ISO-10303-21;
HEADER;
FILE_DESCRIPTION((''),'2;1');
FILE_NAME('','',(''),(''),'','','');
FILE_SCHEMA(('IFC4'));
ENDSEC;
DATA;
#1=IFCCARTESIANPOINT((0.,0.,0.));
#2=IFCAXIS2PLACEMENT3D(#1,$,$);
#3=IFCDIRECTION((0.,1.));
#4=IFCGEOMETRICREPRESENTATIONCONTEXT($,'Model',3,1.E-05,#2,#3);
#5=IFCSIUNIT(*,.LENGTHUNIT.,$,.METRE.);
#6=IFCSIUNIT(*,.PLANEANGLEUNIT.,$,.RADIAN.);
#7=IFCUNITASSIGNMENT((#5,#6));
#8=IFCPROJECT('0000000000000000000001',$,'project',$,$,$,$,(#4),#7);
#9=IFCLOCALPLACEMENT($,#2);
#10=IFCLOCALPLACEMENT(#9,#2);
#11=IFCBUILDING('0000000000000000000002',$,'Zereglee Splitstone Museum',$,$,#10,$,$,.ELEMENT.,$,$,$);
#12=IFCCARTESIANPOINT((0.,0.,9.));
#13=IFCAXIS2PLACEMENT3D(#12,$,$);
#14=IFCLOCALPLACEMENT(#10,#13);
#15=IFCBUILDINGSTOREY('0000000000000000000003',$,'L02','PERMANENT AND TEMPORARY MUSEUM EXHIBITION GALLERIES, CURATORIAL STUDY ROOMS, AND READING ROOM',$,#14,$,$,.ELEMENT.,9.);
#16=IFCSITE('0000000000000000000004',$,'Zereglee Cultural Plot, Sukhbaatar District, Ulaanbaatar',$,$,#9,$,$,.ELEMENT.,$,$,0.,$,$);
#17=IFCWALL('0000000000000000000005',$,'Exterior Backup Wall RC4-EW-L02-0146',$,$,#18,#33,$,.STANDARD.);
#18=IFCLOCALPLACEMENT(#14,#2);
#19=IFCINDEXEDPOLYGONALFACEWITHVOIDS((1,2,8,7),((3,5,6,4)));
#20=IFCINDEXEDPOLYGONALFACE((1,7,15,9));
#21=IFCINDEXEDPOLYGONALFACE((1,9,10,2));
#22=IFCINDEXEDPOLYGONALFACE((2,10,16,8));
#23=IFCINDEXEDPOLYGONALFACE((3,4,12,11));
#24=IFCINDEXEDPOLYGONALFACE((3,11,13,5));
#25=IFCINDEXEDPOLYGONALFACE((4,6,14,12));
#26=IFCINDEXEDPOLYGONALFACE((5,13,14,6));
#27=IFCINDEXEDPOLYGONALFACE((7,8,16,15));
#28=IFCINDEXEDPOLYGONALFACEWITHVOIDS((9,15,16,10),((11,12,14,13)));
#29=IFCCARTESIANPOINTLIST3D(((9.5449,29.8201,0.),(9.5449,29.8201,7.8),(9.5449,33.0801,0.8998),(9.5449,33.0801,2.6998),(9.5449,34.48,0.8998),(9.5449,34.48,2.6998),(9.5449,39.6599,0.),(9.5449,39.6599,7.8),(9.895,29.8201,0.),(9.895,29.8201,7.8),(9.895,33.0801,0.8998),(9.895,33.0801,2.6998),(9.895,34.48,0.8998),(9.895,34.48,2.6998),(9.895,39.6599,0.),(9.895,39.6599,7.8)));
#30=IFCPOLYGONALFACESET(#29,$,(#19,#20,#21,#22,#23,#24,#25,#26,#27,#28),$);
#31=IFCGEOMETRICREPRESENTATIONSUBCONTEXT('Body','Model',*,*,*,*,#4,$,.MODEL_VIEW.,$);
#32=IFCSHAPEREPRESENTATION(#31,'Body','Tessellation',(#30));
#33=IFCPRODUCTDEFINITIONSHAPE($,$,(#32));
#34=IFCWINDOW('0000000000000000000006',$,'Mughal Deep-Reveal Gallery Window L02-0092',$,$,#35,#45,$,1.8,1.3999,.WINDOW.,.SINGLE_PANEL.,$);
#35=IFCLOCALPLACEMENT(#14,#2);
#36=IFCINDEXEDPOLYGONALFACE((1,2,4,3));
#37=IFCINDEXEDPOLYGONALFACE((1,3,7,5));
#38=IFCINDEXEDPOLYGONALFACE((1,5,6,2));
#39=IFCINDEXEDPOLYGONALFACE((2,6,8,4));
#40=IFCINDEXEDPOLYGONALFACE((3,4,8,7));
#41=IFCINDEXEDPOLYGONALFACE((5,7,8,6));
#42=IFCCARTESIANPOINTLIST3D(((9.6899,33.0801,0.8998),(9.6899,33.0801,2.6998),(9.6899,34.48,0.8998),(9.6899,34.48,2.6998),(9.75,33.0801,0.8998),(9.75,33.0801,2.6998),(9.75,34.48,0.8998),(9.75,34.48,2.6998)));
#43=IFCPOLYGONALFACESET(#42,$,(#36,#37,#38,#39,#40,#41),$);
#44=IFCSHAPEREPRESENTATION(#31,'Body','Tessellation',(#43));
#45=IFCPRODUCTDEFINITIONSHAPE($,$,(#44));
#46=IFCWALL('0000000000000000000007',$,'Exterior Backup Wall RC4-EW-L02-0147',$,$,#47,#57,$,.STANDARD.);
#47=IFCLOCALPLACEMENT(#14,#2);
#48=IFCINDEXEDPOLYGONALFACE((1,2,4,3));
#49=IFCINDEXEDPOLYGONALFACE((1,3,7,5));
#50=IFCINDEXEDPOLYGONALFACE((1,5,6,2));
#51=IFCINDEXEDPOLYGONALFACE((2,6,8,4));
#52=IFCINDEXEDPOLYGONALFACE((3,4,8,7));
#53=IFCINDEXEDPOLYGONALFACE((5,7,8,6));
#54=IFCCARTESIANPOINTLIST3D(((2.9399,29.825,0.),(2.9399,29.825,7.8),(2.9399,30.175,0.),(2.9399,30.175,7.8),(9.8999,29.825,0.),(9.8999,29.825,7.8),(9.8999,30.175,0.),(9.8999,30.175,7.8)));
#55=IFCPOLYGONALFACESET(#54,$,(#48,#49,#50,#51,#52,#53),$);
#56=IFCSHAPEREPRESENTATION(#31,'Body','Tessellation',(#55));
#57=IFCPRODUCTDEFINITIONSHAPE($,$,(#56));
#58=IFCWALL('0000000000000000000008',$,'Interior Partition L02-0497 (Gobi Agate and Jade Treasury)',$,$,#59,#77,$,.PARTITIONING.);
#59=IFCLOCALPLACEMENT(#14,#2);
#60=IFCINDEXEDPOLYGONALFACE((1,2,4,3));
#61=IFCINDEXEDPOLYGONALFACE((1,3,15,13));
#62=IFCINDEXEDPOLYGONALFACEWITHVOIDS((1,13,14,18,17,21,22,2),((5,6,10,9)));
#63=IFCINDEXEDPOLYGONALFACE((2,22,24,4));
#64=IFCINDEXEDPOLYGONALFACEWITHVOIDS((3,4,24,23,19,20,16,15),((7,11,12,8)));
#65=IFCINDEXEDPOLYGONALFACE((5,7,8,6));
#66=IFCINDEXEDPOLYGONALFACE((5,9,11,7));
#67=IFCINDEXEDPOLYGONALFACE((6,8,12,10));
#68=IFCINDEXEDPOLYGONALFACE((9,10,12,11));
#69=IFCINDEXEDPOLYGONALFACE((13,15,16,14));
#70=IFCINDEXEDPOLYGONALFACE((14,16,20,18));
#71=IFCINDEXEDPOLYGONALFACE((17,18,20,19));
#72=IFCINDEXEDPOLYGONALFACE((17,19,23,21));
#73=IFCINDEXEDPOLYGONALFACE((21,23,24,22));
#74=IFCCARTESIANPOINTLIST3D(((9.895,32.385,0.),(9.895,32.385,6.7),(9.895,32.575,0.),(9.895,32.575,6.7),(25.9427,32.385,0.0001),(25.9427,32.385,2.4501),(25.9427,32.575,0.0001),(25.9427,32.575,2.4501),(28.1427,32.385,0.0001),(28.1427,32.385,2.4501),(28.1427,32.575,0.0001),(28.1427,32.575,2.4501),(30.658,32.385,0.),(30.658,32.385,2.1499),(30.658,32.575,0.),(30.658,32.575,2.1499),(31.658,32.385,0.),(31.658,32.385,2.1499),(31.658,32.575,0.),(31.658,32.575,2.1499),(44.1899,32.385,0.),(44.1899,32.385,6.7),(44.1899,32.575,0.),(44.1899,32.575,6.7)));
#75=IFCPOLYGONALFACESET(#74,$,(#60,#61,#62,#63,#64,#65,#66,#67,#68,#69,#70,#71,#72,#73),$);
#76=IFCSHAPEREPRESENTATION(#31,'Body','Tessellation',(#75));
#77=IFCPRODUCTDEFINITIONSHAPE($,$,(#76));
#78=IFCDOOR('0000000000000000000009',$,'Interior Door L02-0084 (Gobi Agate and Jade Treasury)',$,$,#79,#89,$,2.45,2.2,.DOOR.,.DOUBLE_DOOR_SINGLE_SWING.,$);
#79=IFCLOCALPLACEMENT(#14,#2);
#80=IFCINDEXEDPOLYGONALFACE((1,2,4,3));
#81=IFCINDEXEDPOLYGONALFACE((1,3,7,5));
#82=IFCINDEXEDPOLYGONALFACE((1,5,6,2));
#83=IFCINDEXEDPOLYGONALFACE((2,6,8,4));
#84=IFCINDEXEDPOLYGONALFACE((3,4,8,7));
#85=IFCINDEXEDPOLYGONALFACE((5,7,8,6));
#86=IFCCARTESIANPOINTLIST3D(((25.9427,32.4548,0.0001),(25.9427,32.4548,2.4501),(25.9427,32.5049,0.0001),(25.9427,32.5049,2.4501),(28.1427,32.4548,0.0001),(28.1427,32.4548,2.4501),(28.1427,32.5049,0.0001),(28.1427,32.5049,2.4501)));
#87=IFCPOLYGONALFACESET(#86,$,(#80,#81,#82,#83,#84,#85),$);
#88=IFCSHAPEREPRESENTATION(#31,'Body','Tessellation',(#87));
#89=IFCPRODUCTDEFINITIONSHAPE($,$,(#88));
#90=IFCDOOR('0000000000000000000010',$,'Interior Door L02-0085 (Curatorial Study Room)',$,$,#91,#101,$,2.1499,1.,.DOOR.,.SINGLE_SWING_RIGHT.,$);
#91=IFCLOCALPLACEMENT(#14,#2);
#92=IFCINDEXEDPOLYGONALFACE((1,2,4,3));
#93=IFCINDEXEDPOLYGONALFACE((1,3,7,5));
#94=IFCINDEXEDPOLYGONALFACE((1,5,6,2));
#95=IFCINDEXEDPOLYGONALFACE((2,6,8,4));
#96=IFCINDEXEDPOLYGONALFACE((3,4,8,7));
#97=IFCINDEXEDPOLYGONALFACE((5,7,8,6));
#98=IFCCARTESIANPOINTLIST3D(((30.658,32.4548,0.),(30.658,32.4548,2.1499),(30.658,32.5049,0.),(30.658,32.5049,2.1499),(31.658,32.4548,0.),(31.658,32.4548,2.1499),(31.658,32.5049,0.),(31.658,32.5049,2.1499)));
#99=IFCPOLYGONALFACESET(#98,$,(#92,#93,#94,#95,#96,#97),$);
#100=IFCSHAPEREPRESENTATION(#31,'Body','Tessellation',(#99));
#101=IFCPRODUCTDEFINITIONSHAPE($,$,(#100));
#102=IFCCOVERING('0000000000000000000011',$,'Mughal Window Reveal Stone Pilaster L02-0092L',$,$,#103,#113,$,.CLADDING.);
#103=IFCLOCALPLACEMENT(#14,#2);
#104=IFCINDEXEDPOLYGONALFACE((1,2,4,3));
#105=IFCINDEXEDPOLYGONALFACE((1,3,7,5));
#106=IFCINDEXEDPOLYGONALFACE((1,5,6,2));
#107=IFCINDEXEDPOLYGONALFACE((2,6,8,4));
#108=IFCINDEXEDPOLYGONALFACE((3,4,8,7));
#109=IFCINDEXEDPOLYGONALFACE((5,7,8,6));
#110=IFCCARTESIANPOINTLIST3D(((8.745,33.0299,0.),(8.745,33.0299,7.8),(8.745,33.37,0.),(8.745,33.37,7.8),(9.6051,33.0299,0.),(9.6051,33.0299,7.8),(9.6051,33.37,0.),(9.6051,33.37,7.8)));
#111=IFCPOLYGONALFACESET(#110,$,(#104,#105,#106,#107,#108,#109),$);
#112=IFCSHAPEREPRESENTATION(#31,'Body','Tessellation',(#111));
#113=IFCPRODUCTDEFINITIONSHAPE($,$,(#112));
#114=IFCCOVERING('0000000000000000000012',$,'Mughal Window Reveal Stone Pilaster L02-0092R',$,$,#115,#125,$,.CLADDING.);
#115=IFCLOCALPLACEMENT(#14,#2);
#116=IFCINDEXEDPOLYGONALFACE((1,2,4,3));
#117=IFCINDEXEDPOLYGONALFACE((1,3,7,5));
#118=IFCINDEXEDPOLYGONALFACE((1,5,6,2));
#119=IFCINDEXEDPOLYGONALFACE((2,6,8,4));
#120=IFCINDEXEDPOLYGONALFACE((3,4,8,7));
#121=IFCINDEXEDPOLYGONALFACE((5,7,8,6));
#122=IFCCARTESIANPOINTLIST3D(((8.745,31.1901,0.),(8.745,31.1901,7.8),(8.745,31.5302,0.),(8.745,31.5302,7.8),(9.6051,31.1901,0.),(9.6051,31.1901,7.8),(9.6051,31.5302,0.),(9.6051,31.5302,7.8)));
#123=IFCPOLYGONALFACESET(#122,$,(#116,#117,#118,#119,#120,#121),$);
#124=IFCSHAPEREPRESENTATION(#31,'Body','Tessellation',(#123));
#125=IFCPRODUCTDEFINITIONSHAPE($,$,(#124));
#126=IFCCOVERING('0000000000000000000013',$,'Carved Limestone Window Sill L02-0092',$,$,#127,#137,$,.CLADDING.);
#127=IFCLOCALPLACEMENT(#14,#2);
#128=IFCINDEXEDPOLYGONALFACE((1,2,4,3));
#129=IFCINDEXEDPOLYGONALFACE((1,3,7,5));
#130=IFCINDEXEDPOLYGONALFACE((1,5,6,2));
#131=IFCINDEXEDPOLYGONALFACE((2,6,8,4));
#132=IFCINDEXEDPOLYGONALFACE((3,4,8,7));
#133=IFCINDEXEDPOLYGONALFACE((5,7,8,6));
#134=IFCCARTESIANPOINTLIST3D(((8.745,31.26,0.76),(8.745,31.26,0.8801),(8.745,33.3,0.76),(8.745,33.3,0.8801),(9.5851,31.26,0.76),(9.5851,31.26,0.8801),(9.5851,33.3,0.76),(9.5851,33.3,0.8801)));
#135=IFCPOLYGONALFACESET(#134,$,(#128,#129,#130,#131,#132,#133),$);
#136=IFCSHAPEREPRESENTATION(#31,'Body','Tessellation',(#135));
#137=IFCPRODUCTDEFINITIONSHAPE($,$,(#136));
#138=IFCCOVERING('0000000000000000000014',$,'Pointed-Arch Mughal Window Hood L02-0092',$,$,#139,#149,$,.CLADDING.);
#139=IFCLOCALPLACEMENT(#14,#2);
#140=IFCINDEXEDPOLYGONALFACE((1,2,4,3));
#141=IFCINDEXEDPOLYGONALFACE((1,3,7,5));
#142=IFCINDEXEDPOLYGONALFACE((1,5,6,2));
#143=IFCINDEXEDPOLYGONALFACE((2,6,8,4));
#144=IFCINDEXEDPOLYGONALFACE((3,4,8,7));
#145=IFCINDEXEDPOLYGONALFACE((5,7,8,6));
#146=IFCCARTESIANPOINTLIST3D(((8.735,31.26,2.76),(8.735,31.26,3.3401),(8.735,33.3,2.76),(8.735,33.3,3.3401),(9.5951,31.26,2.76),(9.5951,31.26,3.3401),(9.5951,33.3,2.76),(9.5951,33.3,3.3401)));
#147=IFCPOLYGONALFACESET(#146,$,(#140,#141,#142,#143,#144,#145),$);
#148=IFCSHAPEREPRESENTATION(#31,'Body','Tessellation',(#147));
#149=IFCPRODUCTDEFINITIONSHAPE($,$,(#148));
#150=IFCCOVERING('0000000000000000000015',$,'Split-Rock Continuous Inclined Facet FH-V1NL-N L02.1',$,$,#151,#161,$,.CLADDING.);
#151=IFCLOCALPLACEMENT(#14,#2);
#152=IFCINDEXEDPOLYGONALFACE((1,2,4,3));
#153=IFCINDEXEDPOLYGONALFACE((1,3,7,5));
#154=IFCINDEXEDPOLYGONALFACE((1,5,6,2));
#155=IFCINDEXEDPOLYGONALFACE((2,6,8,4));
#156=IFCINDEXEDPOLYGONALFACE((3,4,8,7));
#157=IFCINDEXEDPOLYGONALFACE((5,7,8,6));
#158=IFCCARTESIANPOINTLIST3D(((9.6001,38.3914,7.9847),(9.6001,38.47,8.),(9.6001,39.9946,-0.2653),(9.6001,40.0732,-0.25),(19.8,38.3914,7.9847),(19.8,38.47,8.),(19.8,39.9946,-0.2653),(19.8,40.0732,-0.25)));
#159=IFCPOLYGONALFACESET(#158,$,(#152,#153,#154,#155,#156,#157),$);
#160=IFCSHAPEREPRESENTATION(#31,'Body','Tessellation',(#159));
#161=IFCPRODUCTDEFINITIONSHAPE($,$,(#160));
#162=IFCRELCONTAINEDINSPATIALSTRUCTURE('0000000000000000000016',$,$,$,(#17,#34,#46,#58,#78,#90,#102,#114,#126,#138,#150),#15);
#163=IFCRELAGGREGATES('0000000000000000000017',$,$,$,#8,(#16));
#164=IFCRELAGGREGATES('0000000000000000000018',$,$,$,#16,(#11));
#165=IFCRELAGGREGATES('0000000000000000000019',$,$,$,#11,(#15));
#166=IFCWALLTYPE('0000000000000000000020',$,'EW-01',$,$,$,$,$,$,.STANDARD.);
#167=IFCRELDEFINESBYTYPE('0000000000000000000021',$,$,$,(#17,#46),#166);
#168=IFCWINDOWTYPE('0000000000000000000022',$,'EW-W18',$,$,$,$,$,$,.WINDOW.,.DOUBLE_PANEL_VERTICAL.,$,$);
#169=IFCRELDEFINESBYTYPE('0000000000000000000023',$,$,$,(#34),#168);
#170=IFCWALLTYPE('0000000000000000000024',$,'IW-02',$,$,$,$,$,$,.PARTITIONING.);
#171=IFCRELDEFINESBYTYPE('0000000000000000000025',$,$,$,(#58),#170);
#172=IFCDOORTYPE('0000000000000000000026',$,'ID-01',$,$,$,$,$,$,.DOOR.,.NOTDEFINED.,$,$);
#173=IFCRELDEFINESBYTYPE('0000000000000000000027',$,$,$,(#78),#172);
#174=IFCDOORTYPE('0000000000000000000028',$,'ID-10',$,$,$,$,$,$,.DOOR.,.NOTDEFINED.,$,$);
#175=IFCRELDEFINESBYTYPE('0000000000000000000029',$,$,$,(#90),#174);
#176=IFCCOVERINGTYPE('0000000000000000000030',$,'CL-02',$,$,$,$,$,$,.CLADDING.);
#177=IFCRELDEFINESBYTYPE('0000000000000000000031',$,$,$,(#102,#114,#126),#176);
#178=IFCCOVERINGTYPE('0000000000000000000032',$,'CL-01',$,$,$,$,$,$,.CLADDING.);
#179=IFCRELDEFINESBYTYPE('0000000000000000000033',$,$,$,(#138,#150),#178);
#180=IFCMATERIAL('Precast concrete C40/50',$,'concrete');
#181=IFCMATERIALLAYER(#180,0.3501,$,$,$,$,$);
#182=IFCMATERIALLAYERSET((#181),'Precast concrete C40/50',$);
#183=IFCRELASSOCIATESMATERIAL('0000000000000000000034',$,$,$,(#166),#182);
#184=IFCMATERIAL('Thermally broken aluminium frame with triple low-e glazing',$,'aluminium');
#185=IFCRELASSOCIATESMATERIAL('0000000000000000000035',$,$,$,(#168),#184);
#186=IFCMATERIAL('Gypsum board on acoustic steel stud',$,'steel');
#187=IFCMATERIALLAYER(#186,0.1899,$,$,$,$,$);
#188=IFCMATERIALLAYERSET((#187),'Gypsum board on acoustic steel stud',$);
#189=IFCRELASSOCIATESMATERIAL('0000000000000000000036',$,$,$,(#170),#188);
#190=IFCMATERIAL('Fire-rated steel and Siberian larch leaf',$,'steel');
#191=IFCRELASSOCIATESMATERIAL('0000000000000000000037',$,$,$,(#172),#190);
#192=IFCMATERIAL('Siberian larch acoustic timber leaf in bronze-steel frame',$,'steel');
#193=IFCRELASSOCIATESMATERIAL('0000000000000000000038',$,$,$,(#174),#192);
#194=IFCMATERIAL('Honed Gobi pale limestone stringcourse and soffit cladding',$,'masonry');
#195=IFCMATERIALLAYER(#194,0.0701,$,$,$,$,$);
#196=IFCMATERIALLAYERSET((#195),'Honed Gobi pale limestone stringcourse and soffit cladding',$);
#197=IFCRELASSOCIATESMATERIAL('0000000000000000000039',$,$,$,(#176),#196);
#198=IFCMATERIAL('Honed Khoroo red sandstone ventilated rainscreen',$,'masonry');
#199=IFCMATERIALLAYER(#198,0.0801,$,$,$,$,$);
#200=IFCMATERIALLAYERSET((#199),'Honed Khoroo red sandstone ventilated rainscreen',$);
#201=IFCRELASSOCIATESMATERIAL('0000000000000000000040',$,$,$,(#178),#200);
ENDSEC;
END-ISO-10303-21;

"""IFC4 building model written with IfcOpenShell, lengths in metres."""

from ifc_helpers import new_model, si_unit, direction, frame, frame_2d, origin, origin_2d, place, context, subcontext, project, spatial, polyline, rectangle, outline, extrude, material, layer, layer_set, type_object, element, fill, save


model = new_model("IFC4")

# Units and contexts
model_context = context("Model", 3, precision=1e-05, world=origin(), true_north=direction((0.0, 1.0)))
body_context = subcontext(model_context, "Body", "Model", "MODEL_VIEW")
ifc_project = project(units=[si_unit("LENGTHUNIT", "METRE"), si_unit("PLANEANGLEUNIT", "RADIAN")], contexts=[model_context])

# Site, building, storey
site_placement = place(None, origin())
site = spatial("IfcSite", under=ifc_project, at=site_placement, Name="Zereglee Cultural Plot, Sukhbaatar District, Ulaanbaatar", CompositionType="ELEMENT", RefElevation=0.0)
building_placement = place(site_placement, origin())
building = spatial("IfcBuilding", under=site, at=building_placement, Name="Zereglee Splitstone Museum", CompositionType="ELEMENT")
storey_placement = place(building_placement, frame((0.0, 0.0, 9.0)))
storey = spatial("IfcBuildingStorey", under=building, at=storey_placement, Name="L02", Description="PERMANENT AND TEMPORARY MUSEUM EXHIBITION GALLERIES, CURATORIAL STUDY ROOMS, AND READING ROOM", CompositionType="ELEMENT", Elevation=9.0)

# Shared definitions
ifc_material_1 = material(Name="Precast concrete C40/50", Category="concrete")
ifc_layer_1 = layer(ifc_material_1, 0.3501)
ifc_layer_set_1 = layer_set([ifc_layer_1], Name="Precast concrete C40/50")
wall_type_1 = type_object("IfcWallType", Name="EW-01", PredefinedType="STANDARD", material=ifc_layer_set_1)

# Wall, opening, window
wall_1_placement = place(storey_placement, frame((9.72, 39.6599, 0.0), z_axis=(0.0, 0.0, 1.0), x_axis=(0.0, -1.0, 0.0)))
wall_1 = element("IfcWall", 1, at=wall_1_placement, inside=storey, type_object=wall_type_1, Name="Exterior Backup Wall RC4-EW-L02-0146", PredefinedType="STANDARD", context=body_context, shape_type="SweptSolid", body=[
    extrude(rectangle(XDim=9.8398, YDim=0.3501, at=frame_2d((4.9199, 0.0))), origin(), (0.0, 0.0, 1.0), 7.8),
])
opening_1_placement = place(wall_1_placement, frame((5.1799, 0.0, 0.8999)))
opening_1 = element("IfcOpeningElement", 2, at=opening_1_placement, cuts=wall_1, PredefinedType="OPENING", context=body_context, shape_type="SweptSolid", body=[
    extrude(rectangle(XDim=1.3999, YDim=1.8, at=frame_2d((0.7, 0.8999))), frame((0.0, 0.1899, 0.0), z_axis=(0.0, -1.0, 0.0), x_axis=(1.0, 0.0, 0.0)), (0.0, 0.0, 1.0), 0.3799),
])
ifc_material_2 = material(Name="Thermally broken aluminium frame with triple low-e glazing", Category="aluminium")
window_type = type_object("IfcWindowType", Name="EW-W18", PartitioningType="DOUBLE_PANEL_VERTICAL", PredefinedType="WINDOW", material=ifc_material_2)
window_placement = place(opening_1_placement, origin())
window = element("IfcWindow", 3, at=window_placement, inside=storey, type_object=window_type, Name="Mughal Deep-Reveal Gallery Window L02-0092", OverallHeight=1.8, OverallWidth=1.3999, PartitioningType="SINGLE_PANEL", PredefinedType="WINDOW", context=body_context, shape_type="SweptSolid", body=[
    extrude(rectangle(XDim=1.3999, YDim=1.8, at=frame_2d((0.7, 0.8999))), frame((0.0, 0.03, 0.0), z_axis=(0.0, -1.0, 0.0), x_axis=(1.0, 0.0, 0.0)), (0.0, 0.0, 1.0), 0.0601),
])
fill(opening_1, window)

# Wall
wall_2_placement = place(storey_placement, frame((9.8999, 30.0, 0.0), z_axis=(0.0, 0.0, 1.0), x_axis=(-1.0, 0.0, 0.0)))
element("IfcWall", 4, at=wall_2_placement, inside=storey, type_object=wall_type_1, Name="Exterior Backup Wall RC4-EW-L02-0147", PredefinedType="STANDARD", context=body_context, shape_type="SweptSolid", body=[
    extrude(rectangle(XDim=6.96, YDim=0.3501, at=frame_2d((3.48, 0.0))), origin(), (0.0, 0.0, 1.0), 7.8),
])

# Wall, openings, doors
ifc_material_3 = material(Name="Gypsum board on acoustic steel stud", Category="steel")
ifc_layer_2 = layer(ifc_material_3, 0.1899)
ifc_layer_set_2 = layer_set([ifc_layer_2], Name="Gypsum board on acoustic steel stud")
wall_type_2 = type_object("IfcWallType", Name="IW-02", PredefinedType="PARTITIONING", material=ifc_layer_set_2)
wall_3_placement = place(storey_placement, frame((9.895, 32.48, 0.0), z_axis=(0.0, 0.0, 1.0), x_axis=(1.0, 0.0, 0.0)))
wall_3 = element("IfcWall", 5, at=wall_3_placement, inside=storey, type_object=wall_type_2, Name="Interior Partition L02-0497 (Gobi Agate and Jade Treasury)", PredefinedType="PARTITIONING", context=body_context, shape_type="SweptSolid", body=[
    extrude(rectangle(XDim=34.2949, YDim=0.1899, at=frame_2d((17.1475, 0.0))), origin(), (0.0, 0.0, 1.0), 6.7),
])
opening_2_placement = place(wall_3_placement, frame((16.0476, 0.0, 0.0)))
opening_2 = element("IfcOpeningElement", 6, at=opening_2_placement, cuts=wall_3, PredefinedType="OPENING", context=body_context, shape_type="SweptSolid", body=[
    extrude(rectangle(XDim=2.2, YDim=2.45, at=frame_2d((1.1001, 1.2251))), frame((0.0, 0.1099, 0.0), z_axis=(0.0, -1.0, 0.0), x_axis=(1.0, 0.0, 0.0)), (0.0, 0.0, 1.0), 0.2197),
])
opening_3_placement = place(wall_3_placement, frame((20.7629, 0.0, 0.0)))
opening_3 = element("IfcOpeningElement", 7, at=opening_3_placement, cuts=wall_3, PredefinedType="OPENING", context=body_context, shape_type="SweptSolid", body=[
    extrude(rectangle(XDim=1.0, YDim=2.1499, at=frame_2d((0.5, 1.075))), frame((0.0, 0.1099, 0.0), z_axis=(0.0, -1.0, 0.0), x_axis=(1.0, 0.0, 0.0)), (0.0, 0.0, 1.0), 0.2197),
])
ifc_material_4 = material(Name="Fire-rated steel and Siberian larch leaf", Category="steel")
door_type_1 = type_object("IfcDoorType", Name="ID-01", OperationType="NOTDEFINED", PredefinedType="DOOR", material=ifc_material_4)
door_1_placement = place(opening_2_placement, origin())
door_1 = element("IfcDoor", 8, at=door_1_placement, inside=storey, type_object=door_type_1, Name="Interior Door L02-0084 (Gobi Agate and Jade Treasury)", OperationType="DOUBLE_DOOR_SINGLE_SWING", OverallHeight=2.45, OverallWidth=2.2, PredefinedType="DOOR", context=body_context, shape_type="SweptSolid", body=[
    extrude(rectangle(XDim=2.2, YDim=2.45, at=frame_2d((1.1001, 1.2251))), frame((0.0, 0.0249, 0.0), z_axis=(0.0, -1.0, 0.0), x_axis=(1.0, 0.0, 0.0)), (0.0, 0.0, 1.0), 0.05),
])
fill(opening_2, door_1)
ifc_material_5 = material(Name="Siberian larch acoustic timber leaf in bronze-steel frame", Category="steel")
door_type_2 = type_object("IfcDoorType", Name="ID-10", OperationType="NOTDEFINED", PredefinedType="DOOR", material=ifc_material_5)
door_2_placement = place(opening_3_placement, origin())
door_2 = element("IfcDoor", 9, at=door_2_placement, inside=storey, type_object=door_type_2, Name="Interior Door L02-0085 (Curatorial Study Room)", OperationType="SINGLE_SWING_RIGHT", OverallHeight=2.1499, OverallWidth=1.0, PredefinedType="DOOR", context=body_context, shape_type="SweptSolid", body=[
    extrude(rectangle(XDim=1.0, YDim=2.1499, at=frame_2d((0.5, 1.075))), frame((0.0, 0.0249, 0.0), z_axis=(0.0, -1.0, 0.0), x_axis=(1.0, 0.0, 0.0)), (0.0, 0.0, 1.0), 0.05),
])
fill(opening_3, door_2)

# Coverings
ifc_material_6 = material(Name="Honed Gobi pale limestone stringcourse and soffit cladding", Category="masonry")
ifc_layer_3 = layer(ifc_material_6, 0.0701)
ifc_layer_set_3 = layer_set([ifc_layer_3], Name="Honed Gobi pale limestone stringcourse and soffit cladding")
covering_type_1 = type_object("IfcCoveringType", Name="CL-02", PredefinedType="CLADDING", material=ifc_layer_set_3)
for number, where, z_axis, x_axis, name in (
    (10, (9.175, 33.2, 0.0), (0.0, 0.0, 1.0), (0.0, -1.0, 0.0), "Mughal Window Reveal Stone Pilaster L02-0092L"),
    (11, (9.175, 31.3601, 0.0), (0.0, 0.0, 1.0), (0.0, -1.0, 0.0), "Mughal Window Reveal Stone Pilaster L02-0092R"),
):
    element("IfcCovering", number, at=place(storey_placement, frame(where, z_axis=z_axis, x_axis=x_axis)), inside=storey, type_object=covering_type_1, Name=name, PredefinedType="CLADDING", context=body_context, shape_type="SweptSolid", body=[
        extrude(rectangle(XDim=0.3401, YDim=0.8601, at=origin_2d()), origin(), (0.0, 0.0, 1.0), 7.8),
    ])
covering_1_placement = place(storey_placement, frame((9.165, 32.28, 0.76), z_axis=(0.0, 0.0, 1.0), x_axis=(0.0, -1.0, 0.0)))
element("IfcCovering", 12, at=covering_1_placement, inside=storey, type_object=covering_type_1, Name="Carved Limestone Window Sill L02-0092", PredefinedType="CLADDING", context=body_context, shape_type="SweptSolid", body=[
    extrude(rectangle(XDim=2.04, YDim=0.8401, at=origin_2d()), origin(), (0.0, 0.0, 1.0), 0.1201),
])
ifc_material_7 = material(Name="Honed Khoroo red sandstone ventilated rainscreen", Category="masonry")
ifc_layer_4 = layer(ifc_material_7, 0.0801)
ifc_layer_set_4 = layer_set([ifc_layer_4], Name="Honed Khoroo red sandstone ventilated rainscreen")
covering_type_2 = type_object("IfcCoveringType", Name="CL-01", PredefinedType="CLADDING", material=ifc_layer_set_4)
covering_2_placement = place(storey_placement, frame((9.165, 32.28, 2.76), z_axis=(0.0, 0.0, 1.0), x_axis=(0.0, -1.0, 0.0)))
element("IfcCovering", 13, at=covering_2_placement, inside=storey, type_object=covering_type_2, Name="Pointed-Arch Mughal Window Hood L02-0092", PredefinedType="CLADDING", context=body_context, shape_type="SweptSolid", body=[
    extrude(rectangle(XDim=2.04, YDim=0.8601, at=origin_2d()), origin(), (0.0, 0.0, 1.0), 0.5801),
])
covering_3_placement = place(storey_placement, frame((9.6001, 38.47, 8.0), z_axis=(0.0, 0.981635, 0.190767), x_axis=(1.0, 0.0, 0.0)))
element("IfcCovering", 14, at=covering_3_placement, inside=storey, type_object=covering_type_2, Name="Split-Rock Continuous Inclined Facet FH-V1NL-N L02.1", PredefinedType="CLADDING", context=body_context, shape_type="SweptSolid", body=[
    extrude(outline(polyline([(0.0, 0.0), (10.2, 0.0), (10.2, 8.4043), (0.0, 8.4043), (0.0, 0.0)])), origin(), (0.0, 0.0, -1.0), 0.0801),
])

save(model, "model.ifc")
